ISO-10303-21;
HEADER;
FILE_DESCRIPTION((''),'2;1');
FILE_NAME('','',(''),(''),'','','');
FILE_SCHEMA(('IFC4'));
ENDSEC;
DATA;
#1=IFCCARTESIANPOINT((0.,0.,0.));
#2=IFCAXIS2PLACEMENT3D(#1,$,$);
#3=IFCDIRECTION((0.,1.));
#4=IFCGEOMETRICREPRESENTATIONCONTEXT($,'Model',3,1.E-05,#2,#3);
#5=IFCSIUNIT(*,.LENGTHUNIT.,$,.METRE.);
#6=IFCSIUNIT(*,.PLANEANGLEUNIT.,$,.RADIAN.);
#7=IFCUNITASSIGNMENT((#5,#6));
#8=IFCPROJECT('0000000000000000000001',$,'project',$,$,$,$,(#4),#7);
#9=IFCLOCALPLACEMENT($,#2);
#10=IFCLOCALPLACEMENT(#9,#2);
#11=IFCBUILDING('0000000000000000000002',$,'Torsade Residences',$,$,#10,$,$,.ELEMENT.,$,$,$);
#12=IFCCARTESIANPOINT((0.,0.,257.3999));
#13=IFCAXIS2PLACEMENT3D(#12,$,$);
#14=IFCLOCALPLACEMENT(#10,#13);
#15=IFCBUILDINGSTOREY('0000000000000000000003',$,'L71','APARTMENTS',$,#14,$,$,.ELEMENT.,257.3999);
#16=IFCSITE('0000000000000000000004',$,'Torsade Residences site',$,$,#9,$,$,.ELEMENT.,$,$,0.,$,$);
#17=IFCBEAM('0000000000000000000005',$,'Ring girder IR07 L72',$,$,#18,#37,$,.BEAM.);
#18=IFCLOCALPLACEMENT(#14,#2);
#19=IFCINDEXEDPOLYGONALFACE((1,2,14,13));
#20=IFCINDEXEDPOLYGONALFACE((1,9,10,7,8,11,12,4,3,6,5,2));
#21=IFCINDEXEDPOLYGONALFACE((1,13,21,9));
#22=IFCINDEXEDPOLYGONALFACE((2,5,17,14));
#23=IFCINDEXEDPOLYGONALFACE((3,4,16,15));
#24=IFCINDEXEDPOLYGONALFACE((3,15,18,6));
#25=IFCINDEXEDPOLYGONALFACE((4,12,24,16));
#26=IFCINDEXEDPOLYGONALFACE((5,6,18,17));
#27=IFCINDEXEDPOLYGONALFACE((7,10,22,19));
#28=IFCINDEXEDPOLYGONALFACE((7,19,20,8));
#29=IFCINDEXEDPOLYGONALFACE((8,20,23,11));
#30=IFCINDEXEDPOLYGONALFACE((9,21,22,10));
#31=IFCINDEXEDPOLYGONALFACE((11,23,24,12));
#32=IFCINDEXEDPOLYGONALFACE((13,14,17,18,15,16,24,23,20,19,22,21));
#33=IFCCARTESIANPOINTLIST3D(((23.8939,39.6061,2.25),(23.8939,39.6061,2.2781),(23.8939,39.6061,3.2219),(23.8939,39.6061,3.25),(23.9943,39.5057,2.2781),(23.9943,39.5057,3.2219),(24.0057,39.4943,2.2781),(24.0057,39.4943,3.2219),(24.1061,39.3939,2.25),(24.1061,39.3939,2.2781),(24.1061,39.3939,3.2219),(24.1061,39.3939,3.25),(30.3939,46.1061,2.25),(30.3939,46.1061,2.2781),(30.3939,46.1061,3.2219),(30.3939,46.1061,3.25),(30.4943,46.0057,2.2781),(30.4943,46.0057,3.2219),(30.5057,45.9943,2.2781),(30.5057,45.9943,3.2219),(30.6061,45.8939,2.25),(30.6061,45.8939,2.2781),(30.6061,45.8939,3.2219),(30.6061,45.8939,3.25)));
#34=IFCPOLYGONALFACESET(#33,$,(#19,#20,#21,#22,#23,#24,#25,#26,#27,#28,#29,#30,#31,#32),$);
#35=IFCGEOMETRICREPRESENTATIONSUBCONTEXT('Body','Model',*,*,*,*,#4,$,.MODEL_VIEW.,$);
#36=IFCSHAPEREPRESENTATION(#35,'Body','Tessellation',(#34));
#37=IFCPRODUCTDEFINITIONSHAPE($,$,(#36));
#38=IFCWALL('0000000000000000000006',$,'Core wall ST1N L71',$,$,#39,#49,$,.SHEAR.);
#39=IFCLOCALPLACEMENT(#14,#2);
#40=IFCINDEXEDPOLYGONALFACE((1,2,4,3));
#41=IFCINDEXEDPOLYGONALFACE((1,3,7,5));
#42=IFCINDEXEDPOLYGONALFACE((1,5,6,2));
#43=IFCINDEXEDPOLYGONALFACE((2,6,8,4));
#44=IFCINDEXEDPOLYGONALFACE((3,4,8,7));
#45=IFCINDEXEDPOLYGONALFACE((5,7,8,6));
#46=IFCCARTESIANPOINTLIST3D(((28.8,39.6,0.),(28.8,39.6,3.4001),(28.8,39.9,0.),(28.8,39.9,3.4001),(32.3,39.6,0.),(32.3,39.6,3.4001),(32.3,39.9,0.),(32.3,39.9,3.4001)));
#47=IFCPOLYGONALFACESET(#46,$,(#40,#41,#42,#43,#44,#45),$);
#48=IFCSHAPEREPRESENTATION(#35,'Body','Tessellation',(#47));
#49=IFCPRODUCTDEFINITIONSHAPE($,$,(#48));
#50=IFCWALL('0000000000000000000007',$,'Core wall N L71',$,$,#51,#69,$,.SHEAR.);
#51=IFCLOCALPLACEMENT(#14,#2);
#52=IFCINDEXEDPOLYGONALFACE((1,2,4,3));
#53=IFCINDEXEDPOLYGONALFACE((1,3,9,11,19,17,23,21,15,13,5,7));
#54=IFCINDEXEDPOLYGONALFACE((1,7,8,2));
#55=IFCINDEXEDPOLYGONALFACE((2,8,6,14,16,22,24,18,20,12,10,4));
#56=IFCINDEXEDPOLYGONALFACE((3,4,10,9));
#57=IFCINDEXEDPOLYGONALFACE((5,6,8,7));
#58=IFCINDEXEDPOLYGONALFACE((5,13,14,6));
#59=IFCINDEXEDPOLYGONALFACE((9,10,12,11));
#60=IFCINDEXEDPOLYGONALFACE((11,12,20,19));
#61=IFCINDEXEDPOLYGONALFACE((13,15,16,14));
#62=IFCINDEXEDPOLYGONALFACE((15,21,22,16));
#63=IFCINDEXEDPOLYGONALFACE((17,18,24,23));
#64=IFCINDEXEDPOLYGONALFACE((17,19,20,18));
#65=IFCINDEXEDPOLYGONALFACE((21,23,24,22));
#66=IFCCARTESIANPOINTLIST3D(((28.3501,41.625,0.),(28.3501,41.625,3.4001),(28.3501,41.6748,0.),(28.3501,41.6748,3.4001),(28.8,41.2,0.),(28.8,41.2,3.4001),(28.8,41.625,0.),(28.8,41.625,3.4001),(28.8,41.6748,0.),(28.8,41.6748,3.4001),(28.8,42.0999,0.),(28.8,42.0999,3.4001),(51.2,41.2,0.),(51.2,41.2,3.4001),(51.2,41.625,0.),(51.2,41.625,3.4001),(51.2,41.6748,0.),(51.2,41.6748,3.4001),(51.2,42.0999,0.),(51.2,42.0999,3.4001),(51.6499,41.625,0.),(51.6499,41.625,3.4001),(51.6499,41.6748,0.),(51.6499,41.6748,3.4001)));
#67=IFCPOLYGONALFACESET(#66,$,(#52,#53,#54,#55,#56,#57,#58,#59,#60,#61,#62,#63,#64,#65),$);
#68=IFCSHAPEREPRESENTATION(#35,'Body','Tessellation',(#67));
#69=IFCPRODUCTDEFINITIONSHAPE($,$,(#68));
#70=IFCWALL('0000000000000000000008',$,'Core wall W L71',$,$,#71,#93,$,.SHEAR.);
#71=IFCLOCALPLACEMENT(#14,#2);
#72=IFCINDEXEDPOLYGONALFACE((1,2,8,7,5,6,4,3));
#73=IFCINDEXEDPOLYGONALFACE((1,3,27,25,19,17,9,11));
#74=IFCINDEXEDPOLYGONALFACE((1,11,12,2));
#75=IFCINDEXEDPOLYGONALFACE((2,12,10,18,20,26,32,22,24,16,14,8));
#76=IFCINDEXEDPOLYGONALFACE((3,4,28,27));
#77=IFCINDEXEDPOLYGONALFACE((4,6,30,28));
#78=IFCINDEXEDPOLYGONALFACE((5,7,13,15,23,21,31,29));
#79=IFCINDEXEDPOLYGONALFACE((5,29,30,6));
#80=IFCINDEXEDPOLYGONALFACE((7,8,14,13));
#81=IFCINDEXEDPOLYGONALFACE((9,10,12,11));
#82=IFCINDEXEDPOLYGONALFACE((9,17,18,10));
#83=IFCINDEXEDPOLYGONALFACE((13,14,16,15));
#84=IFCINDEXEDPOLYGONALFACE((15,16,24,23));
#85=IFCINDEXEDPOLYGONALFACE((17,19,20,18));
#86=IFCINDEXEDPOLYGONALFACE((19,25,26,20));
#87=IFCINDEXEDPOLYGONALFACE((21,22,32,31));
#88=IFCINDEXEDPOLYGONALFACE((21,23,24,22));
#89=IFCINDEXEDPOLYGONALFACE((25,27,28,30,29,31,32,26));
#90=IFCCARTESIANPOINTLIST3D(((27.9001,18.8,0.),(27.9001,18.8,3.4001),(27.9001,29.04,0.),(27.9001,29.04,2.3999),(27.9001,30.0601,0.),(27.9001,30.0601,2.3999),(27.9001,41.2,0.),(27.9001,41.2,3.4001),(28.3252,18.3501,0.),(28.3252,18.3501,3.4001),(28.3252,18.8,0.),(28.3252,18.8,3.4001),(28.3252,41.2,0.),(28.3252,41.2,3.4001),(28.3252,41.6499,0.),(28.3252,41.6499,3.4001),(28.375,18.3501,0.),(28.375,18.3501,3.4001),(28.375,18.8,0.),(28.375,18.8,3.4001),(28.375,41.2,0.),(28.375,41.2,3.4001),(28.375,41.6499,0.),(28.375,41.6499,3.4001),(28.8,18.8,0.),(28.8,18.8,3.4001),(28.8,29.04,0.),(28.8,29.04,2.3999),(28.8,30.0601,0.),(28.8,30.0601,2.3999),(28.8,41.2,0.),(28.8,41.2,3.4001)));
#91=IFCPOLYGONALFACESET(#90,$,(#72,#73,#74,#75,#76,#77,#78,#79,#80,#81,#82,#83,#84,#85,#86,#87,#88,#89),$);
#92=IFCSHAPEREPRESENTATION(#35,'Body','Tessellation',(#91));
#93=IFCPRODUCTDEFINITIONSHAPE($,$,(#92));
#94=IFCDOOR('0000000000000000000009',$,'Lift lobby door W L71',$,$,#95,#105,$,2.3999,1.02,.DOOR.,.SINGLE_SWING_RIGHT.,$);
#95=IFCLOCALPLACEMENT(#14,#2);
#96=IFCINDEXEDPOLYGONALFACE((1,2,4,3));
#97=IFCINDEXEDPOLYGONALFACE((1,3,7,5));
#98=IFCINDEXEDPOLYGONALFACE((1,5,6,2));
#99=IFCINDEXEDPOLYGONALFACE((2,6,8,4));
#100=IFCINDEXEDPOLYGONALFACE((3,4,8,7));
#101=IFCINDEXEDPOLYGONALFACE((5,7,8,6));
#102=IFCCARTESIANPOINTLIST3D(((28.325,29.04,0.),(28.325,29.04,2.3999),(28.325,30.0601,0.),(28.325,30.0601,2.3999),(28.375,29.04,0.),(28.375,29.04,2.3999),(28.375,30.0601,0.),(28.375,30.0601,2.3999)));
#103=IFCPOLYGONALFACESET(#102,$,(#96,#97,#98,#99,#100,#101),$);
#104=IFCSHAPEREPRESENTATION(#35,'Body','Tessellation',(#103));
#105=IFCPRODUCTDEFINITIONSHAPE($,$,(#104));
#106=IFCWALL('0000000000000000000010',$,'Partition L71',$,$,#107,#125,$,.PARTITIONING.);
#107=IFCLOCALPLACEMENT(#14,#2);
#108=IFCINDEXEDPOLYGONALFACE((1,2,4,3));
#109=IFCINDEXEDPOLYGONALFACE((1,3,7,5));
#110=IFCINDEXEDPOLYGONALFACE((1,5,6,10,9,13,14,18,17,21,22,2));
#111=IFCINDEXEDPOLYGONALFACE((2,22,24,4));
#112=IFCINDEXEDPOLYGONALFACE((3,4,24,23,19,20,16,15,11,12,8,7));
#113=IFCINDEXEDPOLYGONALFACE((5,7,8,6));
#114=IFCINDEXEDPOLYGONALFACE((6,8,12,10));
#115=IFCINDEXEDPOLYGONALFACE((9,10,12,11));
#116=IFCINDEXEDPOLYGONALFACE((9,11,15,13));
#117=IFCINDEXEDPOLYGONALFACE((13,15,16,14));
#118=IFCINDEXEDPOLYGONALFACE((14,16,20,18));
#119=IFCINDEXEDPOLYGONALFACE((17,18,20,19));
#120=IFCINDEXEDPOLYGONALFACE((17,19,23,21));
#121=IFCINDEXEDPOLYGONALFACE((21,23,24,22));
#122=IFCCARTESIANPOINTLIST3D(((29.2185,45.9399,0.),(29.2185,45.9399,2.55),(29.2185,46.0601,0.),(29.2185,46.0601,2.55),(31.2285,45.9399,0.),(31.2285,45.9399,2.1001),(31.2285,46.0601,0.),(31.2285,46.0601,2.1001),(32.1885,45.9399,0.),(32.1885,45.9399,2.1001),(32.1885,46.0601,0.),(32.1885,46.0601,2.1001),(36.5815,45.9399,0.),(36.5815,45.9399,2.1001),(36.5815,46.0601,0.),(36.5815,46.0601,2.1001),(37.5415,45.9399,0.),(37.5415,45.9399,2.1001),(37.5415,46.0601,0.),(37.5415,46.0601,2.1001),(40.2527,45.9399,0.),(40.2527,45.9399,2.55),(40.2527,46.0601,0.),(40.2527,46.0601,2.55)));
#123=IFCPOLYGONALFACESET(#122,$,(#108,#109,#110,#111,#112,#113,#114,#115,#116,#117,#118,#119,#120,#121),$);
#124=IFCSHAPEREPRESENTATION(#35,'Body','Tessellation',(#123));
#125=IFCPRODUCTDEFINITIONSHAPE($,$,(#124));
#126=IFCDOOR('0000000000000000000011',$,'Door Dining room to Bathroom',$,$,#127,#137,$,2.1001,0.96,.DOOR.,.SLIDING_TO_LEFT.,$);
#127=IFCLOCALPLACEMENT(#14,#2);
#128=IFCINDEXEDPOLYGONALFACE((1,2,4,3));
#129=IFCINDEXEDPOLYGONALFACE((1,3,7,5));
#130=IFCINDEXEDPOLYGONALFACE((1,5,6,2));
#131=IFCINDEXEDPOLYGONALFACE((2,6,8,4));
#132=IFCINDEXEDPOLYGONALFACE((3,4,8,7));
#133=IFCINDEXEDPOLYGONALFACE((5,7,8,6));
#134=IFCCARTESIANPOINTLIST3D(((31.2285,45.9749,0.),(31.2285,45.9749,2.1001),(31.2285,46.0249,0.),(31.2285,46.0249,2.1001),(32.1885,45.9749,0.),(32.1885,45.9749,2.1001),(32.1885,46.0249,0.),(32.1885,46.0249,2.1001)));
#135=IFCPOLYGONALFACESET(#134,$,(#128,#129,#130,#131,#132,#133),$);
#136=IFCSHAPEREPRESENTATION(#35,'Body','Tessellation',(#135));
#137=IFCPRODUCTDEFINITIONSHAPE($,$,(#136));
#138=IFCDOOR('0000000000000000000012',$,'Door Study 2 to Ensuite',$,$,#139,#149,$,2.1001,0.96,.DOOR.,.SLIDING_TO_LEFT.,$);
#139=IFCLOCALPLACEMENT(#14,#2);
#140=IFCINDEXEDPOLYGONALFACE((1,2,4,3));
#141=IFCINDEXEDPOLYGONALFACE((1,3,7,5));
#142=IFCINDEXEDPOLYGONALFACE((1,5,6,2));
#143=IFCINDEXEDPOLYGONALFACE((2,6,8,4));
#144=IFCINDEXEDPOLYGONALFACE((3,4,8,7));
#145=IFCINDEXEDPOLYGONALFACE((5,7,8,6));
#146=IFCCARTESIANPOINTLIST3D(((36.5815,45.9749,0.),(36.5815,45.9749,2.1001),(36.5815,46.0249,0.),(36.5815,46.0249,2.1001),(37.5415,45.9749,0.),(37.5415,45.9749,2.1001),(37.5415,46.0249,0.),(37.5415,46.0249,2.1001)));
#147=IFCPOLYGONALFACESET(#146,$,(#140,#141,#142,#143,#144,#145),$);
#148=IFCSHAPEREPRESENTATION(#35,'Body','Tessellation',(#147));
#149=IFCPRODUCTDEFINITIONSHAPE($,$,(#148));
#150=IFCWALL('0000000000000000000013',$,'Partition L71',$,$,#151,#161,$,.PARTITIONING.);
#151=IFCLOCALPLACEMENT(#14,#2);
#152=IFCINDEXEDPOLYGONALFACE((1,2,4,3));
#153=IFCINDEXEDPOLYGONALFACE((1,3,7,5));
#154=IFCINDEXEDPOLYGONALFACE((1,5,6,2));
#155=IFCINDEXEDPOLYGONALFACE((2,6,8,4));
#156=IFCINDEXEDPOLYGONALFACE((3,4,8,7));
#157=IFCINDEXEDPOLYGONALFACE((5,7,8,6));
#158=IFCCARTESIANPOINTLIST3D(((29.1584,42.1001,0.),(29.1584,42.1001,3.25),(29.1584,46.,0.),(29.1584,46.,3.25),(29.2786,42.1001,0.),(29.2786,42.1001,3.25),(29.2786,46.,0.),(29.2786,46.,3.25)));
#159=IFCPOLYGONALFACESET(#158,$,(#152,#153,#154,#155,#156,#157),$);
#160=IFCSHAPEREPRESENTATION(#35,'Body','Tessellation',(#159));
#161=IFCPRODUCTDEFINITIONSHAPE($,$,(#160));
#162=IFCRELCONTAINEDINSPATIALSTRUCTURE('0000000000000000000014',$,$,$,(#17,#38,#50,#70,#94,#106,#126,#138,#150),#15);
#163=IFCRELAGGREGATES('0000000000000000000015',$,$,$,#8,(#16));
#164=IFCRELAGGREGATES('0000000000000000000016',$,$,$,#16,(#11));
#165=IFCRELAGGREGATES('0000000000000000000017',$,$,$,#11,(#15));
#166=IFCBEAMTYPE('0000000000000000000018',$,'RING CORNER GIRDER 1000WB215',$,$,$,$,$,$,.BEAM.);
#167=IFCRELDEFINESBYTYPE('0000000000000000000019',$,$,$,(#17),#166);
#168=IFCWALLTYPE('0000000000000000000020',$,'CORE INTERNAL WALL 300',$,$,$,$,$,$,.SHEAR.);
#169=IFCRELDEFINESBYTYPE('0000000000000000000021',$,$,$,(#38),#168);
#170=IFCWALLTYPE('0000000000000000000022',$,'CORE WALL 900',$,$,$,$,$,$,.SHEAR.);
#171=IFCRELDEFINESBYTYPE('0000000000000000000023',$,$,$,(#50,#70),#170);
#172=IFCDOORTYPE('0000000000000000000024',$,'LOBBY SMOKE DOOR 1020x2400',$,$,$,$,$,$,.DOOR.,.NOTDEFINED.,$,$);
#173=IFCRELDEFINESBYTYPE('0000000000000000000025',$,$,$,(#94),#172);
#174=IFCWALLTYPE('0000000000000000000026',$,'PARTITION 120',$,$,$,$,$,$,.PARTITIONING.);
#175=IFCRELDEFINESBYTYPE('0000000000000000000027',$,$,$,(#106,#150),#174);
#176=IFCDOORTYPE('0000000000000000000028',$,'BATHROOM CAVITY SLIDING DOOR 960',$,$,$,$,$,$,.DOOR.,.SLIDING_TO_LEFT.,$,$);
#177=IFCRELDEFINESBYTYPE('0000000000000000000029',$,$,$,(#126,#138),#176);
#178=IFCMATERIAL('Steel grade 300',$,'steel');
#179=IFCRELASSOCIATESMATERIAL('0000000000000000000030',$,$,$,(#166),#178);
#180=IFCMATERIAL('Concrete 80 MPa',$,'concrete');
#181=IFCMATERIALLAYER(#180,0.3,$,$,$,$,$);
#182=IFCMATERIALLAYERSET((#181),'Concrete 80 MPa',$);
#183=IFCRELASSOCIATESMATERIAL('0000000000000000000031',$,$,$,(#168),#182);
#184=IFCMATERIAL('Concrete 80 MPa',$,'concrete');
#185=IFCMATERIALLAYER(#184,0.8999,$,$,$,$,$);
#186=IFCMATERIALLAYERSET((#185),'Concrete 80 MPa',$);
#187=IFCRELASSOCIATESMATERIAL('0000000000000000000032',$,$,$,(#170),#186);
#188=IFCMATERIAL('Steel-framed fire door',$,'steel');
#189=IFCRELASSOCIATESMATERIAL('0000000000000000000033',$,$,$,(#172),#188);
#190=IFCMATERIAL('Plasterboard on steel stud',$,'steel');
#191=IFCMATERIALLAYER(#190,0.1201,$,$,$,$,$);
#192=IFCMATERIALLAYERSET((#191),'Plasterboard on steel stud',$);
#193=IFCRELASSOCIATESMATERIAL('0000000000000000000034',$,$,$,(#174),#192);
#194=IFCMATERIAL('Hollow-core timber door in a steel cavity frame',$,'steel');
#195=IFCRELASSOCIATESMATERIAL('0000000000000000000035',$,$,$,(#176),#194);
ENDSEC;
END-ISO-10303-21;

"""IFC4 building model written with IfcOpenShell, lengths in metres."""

from ifc_helpers import new_model, si_unit, direction, frame, frame_2d, origin, origin_2d, place, context, subcontext, project, spatial, polyline, rectangle, i_section, outline, extrude, material, layer, layer_set, material_profile, profile_set, type_object, element, fill, save


model = new_model("IFC4")

# Units and contexts
model_context = context("Model", 3, precision=1e-05, world=origin(), true_north=direction((0.0, 1.0)))
body_context = subcontext(model_context, "Body", "Model", "MODEL_VIEW")
ifc_project = project(units=[si_unit("LENGTHUNIT", "METRE"), si_unit("PLANEANGLEUNIT", "RADIAN")], contexts=[model_context])

# Site, building, storey
site_placement = place(None, origin())
site = spatial("IfcSite", under=ifc_project, at=site_placement, Name="Torsade Residences site", CompositionType="ELEMENT", RefElevation=0.0)
building_placement = place(site_placement, origin())
building = spatial("IfcBuilding", under=site, at=building_placement, Name="Torsade Residences", CompositionType="ELEMENT")
storey_placement = place(building_placement, frame((0.0, 0.0, 257.3999)))
storey = spatial("IfcBuildingStorey", under=building, at=storey_placement, Name="L71", Description="APARTMENTS", CompositionType="ELEMENT", Elevation=257.3999)

# Beam
ifc_material_1 = material(Name="Steel grade 300", Category="steel")
ifc_material_profile_1 = material_profile(ifc_material_1, i_section(OverallWidth=0.3, OverallDepth=1.0, WebThickness=0.0161, FlangeThickness=0.0281, at=origin_2d()), Name="1000WB215")
ifc_profile_set_1 = profile_set([ifc_material_profile_1], Name="Steel grade 300")
beam_type_1 = type_object("IfcBeamType", Name="RING CORNER GIRDER 1000WB215", PredefinedType="BEAM", material=ifc_profile_set_1)
beam_1_placement = place(storey_placement, frame((30.5, 46.0, 2.75), z_axis=(-0.707107, -0.707107, 0.0), x_axis=(0.707107, -0.707107, 0.0)))
element("IfcBeam", 1, at=beam_1_placement, inside=storey, type_object=beam_type_1, Name="Ring girder IR07 L72", PredefinedType="BEAM", context=body_context, shape_type="SweptSolid", body=[
    extrude(i_section(OverallWidth=0.3, OverallDepth=1.0, WebThickness=0.0161, FlangeThickness=0.0281, at=origin_2d()), origin(), (0.0, 0.0, 1.0), 9.1924),
])

# Walls
ifc_material_2 = material(Name="Concrete 80 MPa", Category="concrete")
ifc_layer_1 = layer(ifc_material_2, 0.3)
ifc_layer_set_1 = layer_set([ifc_layer_1], Name="Concrete 80 MPa")
wall_type_1 = type_object("IfcWallType", Name="CORE INTERNAL WALL 300", PredefinedType="SHEAR", material=ifc_layer_set_1)
wall_1_placement = place(storey_placement, frame((28.8, 39.75, 0.0), z_axis=(0.0, 0.0, 1.0), x_axis=(1.0, 0.0, 0.0)))
element("IfcWall", 2, at=wall_1_placement, inside=storey, type_object=wall_type_1, Name="Core wall ST1N L71", PredefinedType="SHEAR", context=body_context, shape_type="SweptSolid", body=[
    extrude(rectangle(XDim=3.5, YDim=0.3, at=frame_2d((1.75, 0.0))), origin(), (0.0, 0.0, 1.0), 3.4001),
])
ifc_material_3 = material(Name="Concrete 80 MPa", Category="concrete")
ifc_layer_2 = layer(ifc_material_3, 0.8999)
ifc_layer_set_2 = layer_set([ifc_layer_2], Name="Concrete 80 MPa")
wall_type_2 = type_object("IfcWallType", Name="CORE WALL 900", PredefinedType="SHEAR", material=ifc_layer_set_2)
wall_2_placement = place(storey_placement, frame((28.8, 41.6499, 0.0), z_axis=(0.0, 0.0, 1.0), x_axis=(1.0, 0.0, 0.0)))
element("IfcWall", 3, at=wall_2_placement, inside=storey, type_object=wall_type_2, Name="Core wall N L71", PredefinedType="SHEAR", context=body_context, shape_type="SweptSolid", body=[
    extrude(outline(polyline([(0.0, -0.45), (22.3999, -0.45), (22.3999, -0.0249), (22.8499, -0.0249), (22.8499, 0.0249), (22.3999, 0.0249), (22.3999, 0.45), (0.0, 0.45), (0.0, 0.0249), (-0.45, 0.0249), (-0.45, -0.0249), (0.0, -0.0249), (0.0, -0.45)])), origin(), (0.0, 0.0, 1.0), 3.4001),
])

# Wall, opening, door
wall_3_placement = place(storey_placement, frame((28.3501, 41.2, 0.0), z_axis=(0.0, 0.0, 1.0), x_axis=(0.0, -1.0, 0.0)))
wall_3 = element("IfcWall", 4, at=wall_3_placement, inside=storey, type_object=wall_type_2, Name="Core wall W L71", PredefinedType="SHEAR", context=body_context, shape_type="SweptSolid", body=[
    extrude(outline(polyline([(0.0, -0.45), (22.3999, -0.45), (22.3999, -0.0249), (22.8499, -0.0249), (22.8499, 0.0249), (22.3999, 0.0249), (22.3999, 0.45), (0.0, 0.45), (0.0, 0.0249), (-0.45, 0.0249), (-0.45, -0.0249), (0.0, -0.0249), (0.0, -0.45)])), origin(), (0.0, 0.0, 1.0), 3.4001),
])
opening_1_placement = place(wall_3_placement, frame((11.1399, 0.0, 0.0)))
opening_1 = element("IfcOpeningElement", 5, at=opening_1_placement, cuts=wall_3, PredefinedType="OPENING", context=body_context, shape_type="SweptSolid", body=[
    extrude(rectangle(XDim=1.02, YDim=2.3999, at=frame_2d((0.51, 1.2))), frame((0.0, 0.46, 0.0), z_axis=(0.0, -1.0, 0.0), x_axis=(1.0, 0.0, 0.0)), (0.0, 0.0, 1.0), 0.9199),
])
ifc_material_4 = material(Name="Steel-framed fire door", Category="steel")
door_type_1 = type_object("IfcDoorType", Name="LOBBY SMOKE DOOR 1020x2400", OperationType="NOTDEFINED", PredefinedType="DOOR", material=ifc_material_4)
door_1_placement = place(opening_1_placement, origin())
door_1 = element("IfcDoor", 6, at=door_1_placement, inside=storey, type_object=door_type_1, Name="Lift lobby door W L71", OperationType="SINGLE_SWING_RIGHT", OverallHeight=2.3999, OverallWidth=1.02, PredefinedType="DOOR", context=body_context, shape_type="SweptSolid", body=[
    extrude(rectangle(XDim=1.02, YDim=2.3999, at=frame_2d((0.51, 1.2))), frame((0.0, 0.0249, 0.0), z_axis=(0.0, -1.0, 0.0), x_axis=(1.0, 0.0, 0.0)), (0.0, 0.0, 1.0), 0.05),
])
fill(opening_1, door_1)

# Wall, openings, doors
ifc_material_5 = material(Name="Plasterboard on steel stud", Category="steel")
ifc_layer_3 = layer(ifc_material_5, 0.1201)
ifc_layer_set_3 = layer_set([ifc_layer_3], Name="Plasterboard on steel stud")
wall_type_3 = type_object("IfcWallType", Name="PARTITION 120", PredefinedType="PARTITIONING", material=ifc_layer_set_3)
wall_4_placement = place(storey_placement, frame((29.2185, 46.0, 0.0), z_axis=(0.0, 0.0, 1.0), x_axis=(1.0, 0.0, 0.0)))
wall_4 = element("IfcWall", 7, at=wall_4_placement, inside=storey, type_object=wall_type_3, Name="Partition L71", PredefinedType="PARTITIONING", context=body_context, shape_type="SweptSolid", body=[
    extrude(rectangle(XDim=11.0342, YDim=0.1201, at=frame_2d((5.5171, 0.0))), origin(), (0.0, 0.0, 1.0), 2.55),
])
opening_2_placement = place(wall_4_placement, frame((2.01, 0.0, 0.0)))
opening_2 = element("IfcOpeningElement", 8, at=opening_2_placement, cuts=wall_4, PredefinedType="OPENING", context=body_context, shape_type="SweptSolid", body=[
    extrude(rectangle(XDim=0.96, YDim=2.1001, at=frame_2d((0.48, 1.05))), frame((0.0, 0.0701, 0.0), z_axis=(0.0, -1.0, 0.0), x_axis=(1.0, 0.0, 0.0)), (0.0, 0.0, 1.0), 0.1401),
])
opening_3_placement = place(wall_4_placement, frame((7.363, 0.0, 0.0)))
opening_3 = element("IfcOpeningElement", 9, at=opening_3_placement, cuts=wall_4, PredefinedType="OPENING", context=body_context, shape_type="SweptSolid", body=[
    extrude(rectangle(XDim=0.96, YDim=2.1001, at=frame_2d((0.48, 1.05))), frame((0.0, 0.0701, 0.0), z_axis=(0.0, -1.0, 0.0), x_axis=(1.0, 0.0, 0.0)), (0.0, 0.0, 1.0), 0.1401),
])
ifc_material_6 = material(Name="Hollow-core timber door in a steel cavity frame", Category="steel")
door_type_2 = type_object("IfcDoorType", Name="BATHROOM CAVITY SLIDING DOOR 960", OperationType="SLIDING_TO_LEFT", PredefinedType="DOOR", material=ifc_material_6)
door_2_placement = place(opening_2_placement, origin())
door_2 = element("IfcDoor", 10, at=door_2_placement, inside=storey, type_object=door_type_2, Name="Door Dining room to Bathroom", OperationType="SLIDING_TO_LEFT", OverallHeight=2.1001, OverallWidth=0.96, PredefinedType="DOOR", context=body_context, shape_type="SweptSolid", body=[
    extrude(rectangle(XDim=0.96, YDim=2.1001, at=frame_2d((0.48, 1.05))), frame((0.0, 0.0249, 0.0), z_axis=(0.0, -1.0, 0.0), x_axis=(1.0, 0.0, 0.0)), (0.0, 0.0, 1.0), 0.05),
])
fill(opening_2, door_2)
door_3_placement = place(opening_3_placement, origin())
door_3 = element("IfcDoor", 11, at=door_3_placement, inside=storey, type_object=door_type_2, Name="Door Study 2 to Ensuite", OperationType="SLIDING_TO_LEFT", OverallHeight=2.1001, OverallWidth=0.96, PredefinedType="DOOR", context=body_context, shape_type="SweptSolid", body=[
    extrude(rectangle(XDim=0.96, YDim=2.1001, at=frame_2d((0.48, 1.05))), frame((0.0, 0.0249, 0.0), z_axis=(0.0, -1.0, 0.0), x_axis=(1.0, 0.0, 0.0)), (0.0, 0.0, 1.0), 0.05),
])
fill(opening_3, door_3)

# Wall
wall_5_placement = place(storey_placement, frame((29.2185, 42.1001, 0.0), z_axis=(0.0, 0.0, 1.0), x_axis=(0.0, 1.0, 0.0)))
element("IfcWall", 12, at=wall_5_placement, inside=storey, type_object=wall_type_3, Name="Partition L71", PredefinedType="PARTITIONING", context=body_context, shape_type="SweptSolid", body=[
    extrude(rectangle(XDim=3.8999, YDim=0.1201, at=frame_2d((1.95, 0.0))), origin(), (0.0, 0.0, 1.0), 3.25),
])

save(model, "model.ifc")
